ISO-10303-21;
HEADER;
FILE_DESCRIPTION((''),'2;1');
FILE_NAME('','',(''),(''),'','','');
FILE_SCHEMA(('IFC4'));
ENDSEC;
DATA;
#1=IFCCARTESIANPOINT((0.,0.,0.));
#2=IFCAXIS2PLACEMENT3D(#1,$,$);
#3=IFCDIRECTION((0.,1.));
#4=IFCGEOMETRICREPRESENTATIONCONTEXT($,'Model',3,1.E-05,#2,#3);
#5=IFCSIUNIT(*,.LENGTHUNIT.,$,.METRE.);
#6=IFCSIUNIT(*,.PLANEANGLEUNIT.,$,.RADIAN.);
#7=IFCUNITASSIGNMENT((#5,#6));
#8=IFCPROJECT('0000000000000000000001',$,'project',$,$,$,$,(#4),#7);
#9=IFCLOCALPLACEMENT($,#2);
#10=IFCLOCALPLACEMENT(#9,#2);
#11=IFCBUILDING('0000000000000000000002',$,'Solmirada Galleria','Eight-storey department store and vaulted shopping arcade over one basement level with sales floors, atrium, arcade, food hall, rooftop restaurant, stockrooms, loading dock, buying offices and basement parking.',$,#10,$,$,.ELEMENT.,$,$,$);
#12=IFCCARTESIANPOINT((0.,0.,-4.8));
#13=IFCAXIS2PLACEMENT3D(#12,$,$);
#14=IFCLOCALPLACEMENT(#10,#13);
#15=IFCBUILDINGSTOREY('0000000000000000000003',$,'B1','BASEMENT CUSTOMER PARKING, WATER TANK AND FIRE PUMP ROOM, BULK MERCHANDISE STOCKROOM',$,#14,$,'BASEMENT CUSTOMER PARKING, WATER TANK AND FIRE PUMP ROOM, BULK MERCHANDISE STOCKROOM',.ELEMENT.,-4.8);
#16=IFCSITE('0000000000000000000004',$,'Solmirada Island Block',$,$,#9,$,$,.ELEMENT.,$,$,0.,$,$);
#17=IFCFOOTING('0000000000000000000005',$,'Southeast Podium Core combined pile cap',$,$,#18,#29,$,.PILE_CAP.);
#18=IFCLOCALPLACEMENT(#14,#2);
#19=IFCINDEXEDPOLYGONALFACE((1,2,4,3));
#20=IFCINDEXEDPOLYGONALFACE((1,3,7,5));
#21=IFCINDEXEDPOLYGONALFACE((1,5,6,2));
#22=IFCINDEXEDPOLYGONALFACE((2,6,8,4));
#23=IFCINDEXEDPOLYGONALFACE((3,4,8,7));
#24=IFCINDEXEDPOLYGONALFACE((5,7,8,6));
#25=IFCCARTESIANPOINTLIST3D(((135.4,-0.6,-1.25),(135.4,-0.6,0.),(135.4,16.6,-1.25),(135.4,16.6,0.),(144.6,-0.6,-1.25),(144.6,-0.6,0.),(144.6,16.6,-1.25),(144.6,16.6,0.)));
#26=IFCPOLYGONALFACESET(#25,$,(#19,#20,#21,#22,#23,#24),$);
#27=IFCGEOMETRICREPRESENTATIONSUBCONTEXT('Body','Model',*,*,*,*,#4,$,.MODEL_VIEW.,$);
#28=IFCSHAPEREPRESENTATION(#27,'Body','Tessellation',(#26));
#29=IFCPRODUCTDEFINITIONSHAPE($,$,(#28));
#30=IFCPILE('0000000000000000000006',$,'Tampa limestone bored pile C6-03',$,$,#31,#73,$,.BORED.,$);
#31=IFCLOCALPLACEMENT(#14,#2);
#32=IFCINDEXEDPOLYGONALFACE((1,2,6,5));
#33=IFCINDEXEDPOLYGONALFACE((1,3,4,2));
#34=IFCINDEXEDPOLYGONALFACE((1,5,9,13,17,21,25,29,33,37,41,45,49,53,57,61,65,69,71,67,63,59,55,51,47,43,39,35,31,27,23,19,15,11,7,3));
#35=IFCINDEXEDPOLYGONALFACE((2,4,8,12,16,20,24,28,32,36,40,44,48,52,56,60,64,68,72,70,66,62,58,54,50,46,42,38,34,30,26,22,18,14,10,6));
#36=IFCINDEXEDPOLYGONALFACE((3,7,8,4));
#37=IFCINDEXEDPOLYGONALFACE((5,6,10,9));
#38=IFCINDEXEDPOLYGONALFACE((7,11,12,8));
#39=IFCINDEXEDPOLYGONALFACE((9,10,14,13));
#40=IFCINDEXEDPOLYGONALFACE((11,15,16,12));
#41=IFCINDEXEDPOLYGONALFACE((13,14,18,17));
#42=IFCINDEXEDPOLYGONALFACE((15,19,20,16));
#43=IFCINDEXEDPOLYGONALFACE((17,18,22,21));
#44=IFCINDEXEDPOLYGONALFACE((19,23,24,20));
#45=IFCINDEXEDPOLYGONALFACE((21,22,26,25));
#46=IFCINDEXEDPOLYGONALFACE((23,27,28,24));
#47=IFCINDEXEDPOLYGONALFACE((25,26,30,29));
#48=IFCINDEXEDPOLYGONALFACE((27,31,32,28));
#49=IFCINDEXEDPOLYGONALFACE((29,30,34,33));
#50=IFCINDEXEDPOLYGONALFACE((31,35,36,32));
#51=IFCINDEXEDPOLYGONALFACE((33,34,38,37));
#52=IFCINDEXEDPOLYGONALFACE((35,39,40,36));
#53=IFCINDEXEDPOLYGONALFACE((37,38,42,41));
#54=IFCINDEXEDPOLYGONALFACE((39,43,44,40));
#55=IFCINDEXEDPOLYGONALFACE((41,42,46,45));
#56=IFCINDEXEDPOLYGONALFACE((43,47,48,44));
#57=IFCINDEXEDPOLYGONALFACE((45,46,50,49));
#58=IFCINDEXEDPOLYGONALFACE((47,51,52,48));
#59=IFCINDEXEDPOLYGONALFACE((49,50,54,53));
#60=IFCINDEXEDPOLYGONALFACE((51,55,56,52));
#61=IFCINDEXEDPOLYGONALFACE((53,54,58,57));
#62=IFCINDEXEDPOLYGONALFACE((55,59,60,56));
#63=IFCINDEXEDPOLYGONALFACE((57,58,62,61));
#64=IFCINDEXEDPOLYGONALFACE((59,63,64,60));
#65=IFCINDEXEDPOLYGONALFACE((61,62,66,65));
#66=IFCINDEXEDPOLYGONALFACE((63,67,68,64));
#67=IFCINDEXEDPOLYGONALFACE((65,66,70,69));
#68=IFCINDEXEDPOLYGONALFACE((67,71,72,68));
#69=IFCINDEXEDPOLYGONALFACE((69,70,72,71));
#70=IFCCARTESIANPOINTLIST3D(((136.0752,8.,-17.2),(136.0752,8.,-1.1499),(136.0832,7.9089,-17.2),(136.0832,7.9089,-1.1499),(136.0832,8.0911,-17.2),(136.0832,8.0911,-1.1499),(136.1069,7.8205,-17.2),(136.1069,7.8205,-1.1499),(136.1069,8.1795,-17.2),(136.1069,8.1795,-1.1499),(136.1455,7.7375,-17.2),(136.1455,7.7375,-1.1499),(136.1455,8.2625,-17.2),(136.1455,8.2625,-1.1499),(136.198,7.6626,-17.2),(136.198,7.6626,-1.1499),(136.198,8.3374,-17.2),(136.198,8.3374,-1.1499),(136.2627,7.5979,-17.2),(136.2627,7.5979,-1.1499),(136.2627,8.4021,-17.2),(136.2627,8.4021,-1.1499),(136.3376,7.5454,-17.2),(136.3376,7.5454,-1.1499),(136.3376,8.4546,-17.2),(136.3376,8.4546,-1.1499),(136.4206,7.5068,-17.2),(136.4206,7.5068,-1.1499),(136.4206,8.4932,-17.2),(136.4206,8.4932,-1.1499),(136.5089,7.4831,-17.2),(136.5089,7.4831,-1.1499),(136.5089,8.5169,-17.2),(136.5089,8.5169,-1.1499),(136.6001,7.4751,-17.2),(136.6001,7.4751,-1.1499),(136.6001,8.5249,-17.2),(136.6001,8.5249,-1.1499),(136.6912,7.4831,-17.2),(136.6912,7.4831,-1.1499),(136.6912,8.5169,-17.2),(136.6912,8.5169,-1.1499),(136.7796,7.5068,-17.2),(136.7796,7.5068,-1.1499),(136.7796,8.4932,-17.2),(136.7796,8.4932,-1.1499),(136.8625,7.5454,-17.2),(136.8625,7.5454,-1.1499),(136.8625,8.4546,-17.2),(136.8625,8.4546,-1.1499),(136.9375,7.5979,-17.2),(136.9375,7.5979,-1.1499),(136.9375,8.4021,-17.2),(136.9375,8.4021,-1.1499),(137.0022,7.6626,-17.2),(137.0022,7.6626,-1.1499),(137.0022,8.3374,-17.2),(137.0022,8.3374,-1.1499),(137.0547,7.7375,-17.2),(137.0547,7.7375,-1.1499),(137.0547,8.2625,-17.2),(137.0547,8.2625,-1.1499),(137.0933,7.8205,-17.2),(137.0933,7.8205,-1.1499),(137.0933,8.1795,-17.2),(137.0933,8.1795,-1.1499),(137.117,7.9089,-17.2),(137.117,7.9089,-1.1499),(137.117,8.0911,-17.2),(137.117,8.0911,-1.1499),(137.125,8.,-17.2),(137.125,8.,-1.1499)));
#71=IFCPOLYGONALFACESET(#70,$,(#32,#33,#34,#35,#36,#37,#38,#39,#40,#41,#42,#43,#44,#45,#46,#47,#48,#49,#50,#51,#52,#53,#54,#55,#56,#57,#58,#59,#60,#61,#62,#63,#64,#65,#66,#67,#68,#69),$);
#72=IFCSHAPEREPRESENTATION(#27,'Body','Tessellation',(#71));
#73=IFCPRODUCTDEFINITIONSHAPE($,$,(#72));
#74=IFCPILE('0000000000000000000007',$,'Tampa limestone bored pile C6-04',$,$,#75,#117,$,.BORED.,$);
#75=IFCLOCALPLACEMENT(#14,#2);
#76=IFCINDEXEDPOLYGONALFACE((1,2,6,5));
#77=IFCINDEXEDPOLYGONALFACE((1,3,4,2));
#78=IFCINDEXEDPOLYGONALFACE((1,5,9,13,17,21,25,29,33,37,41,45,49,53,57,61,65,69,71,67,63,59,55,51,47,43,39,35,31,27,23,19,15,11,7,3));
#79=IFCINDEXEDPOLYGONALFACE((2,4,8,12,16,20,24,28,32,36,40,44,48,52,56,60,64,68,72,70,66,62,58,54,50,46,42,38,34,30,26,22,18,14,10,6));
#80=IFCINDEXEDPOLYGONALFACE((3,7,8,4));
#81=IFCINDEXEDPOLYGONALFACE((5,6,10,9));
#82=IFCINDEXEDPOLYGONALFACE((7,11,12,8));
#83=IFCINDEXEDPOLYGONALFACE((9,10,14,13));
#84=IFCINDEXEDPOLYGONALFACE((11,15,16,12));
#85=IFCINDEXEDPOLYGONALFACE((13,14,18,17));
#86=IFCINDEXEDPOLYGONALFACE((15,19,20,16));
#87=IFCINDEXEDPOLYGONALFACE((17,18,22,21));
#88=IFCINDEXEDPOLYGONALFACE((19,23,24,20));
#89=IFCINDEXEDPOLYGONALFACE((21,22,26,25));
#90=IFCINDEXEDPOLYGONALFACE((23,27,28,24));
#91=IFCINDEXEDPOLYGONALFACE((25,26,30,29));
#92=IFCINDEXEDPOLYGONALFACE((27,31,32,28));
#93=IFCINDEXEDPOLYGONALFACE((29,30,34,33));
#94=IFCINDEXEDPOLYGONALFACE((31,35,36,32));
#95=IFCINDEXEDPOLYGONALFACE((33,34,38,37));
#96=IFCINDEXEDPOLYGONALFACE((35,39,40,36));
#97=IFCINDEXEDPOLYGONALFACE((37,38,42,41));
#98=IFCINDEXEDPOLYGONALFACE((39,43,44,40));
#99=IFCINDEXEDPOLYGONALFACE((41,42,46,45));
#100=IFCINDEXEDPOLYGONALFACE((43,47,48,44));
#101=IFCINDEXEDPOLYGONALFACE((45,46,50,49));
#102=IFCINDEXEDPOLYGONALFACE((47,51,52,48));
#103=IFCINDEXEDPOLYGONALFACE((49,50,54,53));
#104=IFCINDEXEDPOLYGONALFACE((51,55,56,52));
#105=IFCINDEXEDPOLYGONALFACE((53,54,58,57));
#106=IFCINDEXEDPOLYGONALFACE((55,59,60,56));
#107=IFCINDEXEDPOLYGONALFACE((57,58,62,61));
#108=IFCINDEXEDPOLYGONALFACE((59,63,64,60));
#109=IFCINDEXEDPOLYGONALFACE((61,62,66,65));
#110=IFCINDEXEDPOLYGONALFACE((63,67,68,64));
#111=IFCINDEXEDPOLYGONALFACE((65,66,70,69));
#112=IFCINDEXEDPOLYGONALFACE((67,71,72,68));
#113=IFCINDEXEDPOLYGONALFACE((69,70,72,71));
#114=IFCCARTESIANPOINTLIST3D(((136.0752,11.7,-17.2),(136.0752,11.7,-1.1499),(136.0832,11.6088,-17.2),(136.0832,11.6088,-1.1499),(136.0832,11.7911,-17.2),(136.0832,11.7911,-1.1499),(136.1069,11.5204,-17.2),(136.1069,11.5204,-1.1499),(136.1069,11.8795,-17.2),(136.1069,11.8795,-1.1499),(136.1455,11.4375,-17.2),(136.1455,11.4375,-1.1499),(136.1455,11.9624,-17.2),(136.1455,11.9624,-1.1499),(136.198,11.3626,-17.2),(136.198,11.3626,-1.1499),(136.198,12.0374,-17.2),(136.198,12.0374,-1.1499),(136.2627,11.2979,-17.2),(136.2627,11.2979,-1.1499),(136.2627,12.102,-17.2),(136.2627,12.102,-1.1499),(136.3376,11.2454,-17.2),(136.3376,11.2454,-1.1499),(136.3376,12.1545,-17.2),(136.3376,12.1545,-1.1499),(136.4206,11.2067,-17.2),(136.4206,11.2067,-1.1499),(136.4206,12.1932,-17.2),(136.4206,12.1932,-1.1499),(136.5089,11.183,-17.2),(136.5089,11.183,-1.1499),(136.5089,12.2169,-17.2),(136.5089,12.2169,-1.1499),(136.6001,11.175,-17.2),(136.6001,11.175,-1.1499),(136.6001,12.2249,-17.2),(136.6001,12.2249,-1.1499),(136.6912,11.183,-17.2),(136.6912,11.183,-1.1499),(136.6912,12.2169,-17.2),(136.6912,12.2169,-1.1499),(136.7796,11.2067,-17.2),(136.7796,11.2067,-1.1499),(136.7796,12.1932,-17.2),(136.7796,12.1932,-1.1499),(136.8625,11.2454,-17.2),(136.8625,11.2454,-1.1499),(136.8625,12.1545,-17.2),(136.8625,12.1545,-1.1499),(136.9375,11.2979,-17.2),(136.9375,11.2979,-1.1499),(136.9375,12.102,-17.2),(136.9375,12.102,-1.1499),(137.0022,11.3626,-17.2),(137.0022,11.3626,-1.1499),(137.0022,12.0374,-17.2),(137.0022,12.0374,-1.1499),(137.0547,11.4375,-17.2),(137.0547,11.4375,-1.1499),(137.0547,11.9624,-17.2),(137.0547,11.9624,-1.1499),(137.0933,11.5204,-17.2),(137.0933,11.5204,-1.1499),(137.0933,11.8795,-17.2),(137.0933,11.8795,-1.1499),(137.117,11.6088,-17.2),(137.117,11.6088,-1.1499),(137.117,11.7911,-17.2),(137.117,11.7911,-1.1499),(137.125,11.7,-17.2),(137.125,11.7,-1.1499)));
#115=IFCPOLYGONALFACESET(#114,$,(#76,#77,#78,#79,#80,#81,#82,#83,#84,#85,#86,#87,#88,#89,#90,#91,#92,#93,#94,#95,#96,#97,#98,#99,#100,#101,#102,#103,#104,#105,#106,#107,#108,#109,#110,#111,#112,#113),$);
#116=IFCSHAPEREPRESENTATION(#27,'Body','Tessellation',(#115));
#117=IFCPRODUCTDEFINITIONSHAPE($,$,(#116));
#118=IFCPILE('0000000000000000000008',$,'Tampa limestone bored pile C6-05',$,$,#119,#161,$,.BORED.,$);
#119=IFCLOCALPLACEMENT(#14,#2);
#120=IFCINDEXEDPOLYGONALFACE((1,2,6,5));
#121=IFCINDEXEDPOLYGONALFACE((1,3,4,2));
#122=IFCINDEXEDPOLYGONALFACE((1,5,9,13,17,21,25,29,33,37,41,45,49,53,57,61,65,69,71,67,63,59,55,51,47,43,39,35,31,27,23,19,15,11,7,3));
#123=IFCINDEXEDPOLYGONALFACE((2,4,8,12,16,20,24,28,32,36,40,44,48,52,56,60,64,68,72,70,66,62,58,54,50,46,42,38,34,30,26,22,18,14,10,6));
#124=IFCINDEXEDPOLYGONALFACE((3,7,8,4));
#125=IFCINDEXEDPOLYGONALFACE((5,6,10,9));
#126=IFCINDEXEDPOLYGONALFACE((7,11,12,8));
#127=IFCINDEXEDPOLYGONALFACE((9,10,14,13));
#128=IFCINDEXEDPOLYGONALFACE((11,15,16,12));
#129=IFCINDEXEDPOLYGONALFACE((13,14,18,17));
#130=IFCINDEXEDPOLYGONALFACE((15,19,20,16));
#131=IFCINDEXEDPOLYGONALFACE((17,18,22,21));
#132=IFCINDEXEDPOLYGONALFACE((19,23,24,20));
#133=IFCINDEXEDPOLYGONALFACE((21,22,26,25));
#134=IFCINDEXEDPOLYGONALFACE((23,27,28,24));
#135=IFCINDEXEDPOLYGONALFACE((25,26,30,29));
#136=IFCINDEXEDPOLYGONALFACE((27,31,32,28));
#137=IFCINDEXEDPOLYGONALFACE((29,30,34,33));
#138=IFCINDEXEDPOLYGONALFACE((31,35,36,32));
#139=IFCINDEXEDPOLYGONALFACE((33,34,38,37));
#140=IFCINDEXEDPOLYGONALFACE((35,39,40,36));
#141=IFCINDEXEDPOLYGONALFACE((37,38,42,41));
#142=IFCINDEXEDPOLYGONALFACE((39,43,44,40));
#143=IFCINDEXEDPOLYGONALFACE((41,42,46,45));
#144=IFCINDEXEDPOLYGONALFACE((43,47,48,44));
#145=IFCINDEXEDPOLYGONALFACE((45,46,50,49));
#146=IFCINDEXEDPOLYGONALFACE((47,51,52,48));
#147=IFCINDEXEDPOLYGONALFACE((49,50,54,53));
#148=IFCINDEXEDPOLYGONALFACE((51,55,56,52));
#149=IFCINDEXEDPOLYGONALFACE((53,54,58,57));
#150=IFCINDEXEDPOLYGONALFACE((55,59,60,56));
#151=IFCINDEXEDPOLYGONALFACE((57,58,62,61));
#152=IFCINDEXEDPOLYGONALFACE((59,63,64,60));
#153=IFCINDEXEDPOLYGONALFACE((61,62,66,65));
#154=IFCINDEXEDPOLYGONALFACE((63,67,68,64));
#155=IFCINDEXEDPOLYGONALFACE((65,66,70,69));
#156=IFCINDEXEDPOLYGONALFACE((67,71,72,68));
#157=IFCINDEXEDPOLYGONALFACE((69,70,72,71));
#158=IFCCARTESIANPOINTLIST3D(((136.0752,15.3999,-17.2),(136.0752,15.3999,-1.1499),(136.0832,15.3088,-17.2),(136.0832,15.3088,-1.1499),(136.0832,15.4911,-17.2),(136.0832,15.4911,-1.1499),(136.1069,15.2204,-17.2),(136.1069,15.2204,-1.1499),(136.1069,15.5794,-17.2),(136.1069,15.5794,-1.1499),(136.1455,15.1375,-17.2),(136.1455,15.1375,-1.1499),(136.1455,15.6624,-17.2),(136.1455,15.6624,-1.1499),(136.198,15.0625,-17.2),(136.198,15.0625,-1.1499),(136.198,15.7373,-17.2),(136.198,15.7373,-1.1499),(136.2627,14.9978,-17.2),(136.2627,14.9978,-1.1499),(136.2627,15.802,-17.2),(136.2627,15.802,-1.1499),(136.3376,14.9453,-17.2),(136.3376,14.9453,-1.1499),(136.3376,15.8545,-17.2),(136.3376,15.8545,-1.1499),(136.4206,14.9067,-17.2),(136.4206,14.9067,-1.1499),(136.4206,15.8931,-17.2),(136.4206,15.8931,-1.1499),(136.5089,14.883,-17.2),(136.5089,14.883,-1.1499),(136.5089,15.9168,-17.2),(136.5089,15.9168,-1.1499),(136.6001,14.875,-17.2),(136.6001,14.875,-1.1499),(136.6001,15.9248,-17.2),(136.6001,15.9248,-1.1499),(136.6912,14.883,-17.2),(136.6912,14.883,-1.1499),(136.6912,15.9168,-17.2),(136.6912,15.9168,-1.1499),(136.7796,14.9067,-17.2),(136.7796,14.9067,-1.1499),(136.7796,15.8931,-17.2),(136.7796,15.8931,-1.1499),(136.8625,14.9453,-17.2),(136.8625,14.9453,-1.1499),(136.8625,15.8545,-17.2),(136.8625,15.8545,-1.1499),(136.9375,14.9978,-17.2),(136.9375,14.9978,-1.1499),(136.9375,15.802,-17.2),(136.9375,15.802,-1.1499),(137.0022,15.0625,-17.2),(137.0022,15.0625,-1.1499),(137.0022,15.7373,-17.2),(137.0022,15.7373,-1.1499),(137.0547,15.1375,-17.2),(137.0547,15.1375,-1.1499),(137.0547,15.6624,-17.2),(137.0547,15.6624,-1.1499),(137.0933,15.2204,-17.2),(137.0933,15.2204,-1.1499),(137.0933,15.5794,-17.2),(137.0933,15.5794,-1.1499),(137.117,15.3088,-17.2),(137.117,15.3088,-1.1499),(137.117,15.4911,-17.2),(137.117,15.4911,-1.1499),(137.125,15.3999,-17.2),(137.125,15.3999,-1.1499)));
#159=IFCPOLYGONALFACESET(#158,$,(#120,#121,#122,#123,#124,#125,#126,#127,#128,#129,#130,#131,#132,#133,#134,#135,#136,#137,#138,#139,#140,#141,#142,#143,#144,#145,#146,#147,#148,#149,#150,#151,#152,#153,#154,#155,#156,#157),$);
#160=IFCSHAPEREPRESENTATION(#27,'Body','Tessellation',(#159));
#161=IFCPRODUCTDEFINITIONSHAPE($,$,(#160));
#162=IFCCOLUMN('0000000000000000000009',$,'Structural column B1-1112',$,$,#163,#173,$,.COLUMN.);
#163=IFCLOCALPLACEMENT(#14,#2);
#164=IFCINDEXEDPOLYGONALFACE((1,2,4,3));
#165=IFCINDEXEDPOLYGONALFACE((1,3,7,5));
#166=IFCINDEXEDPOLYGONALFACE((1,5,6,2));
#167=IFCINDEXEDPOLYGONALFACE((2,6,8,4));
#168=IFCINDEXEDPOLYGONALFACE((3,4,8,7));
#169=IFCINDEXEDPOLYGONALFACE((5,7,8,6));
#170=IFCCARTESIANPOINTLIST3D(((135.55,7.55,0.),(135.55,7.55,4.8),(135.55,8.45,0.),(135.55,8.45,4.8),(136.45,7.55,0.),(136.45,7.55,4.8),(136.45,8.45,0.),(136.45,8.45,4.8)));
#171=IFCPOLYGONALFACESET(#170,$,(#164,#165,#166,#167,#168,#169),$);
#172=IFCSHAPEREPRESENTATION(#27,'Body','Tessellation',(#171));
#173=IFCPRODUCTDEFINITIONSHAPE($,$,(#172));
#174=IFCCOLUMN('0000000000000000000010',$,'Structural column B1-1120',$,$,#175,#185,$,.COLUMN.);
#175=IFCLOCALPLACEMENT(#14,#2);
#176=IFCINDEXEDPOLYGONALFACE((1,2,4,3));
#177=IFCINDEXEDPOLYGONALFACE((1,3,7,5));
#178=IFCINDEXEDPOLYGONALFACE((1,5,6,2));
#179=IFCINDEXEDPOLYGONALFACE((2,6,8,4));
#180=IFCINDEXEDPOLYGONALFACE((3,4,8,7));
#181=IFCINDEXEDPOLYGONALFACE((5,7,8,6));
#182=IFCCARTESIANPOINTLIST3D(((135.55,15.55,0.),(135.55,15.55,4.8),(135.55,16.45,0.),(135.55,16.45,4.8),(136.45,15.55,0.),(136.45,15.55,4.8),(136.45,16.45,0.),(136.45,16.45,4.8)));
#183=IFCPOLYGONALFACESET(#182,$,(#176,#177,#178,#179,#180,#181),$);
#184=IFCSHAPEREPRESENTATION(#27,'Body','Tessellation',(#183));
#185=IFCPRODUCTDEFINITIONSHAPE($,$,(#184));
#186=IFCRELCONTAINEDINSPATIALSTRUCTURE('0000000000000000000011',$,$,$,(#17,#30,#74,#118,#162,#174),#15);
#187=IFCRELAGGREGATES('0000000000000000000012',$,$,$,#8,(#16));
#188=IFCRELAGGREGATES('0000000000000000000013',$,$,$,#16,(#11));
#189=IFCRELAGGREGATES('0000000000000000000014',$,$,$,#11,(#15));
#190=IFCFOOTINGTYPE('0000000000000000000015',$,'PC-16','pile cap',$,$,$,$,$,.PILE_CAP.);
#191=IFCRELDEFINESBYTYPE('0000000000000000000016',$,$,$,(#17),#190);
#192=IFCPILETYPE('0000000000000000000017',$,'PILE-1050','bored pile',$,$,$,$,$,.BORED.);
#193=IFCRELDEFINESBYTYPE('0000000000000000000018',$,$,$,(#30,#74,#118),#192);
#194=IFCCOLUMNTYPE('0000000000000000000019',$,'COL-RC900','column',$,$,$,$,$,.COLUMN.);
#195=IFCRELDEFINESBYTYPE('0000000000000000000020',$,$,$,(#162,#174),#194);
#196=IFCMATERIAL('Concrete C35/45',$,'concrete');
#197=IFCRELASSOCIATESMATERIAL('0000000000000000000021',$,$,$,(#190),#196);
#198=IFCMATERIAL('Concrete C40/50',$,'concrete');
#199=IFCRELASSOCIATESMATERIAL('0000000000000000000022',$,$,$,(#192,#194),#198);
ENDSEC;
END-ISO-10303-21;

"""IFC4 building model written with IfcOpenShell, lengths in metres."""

from ifc_helpers import new_model, si_unit, direction, frame, origin, origin_2d, place, context, subcontext, project, spatial, rectangle, circle, extrude, material, material_profile, profile_set, type_object, element, save


model = new_model("IFC4")

# Units and contexts
model_context = context("Model", 3, precision=1e-05, world=origin(), true_north=direction((0.0, 1.0)))
body_context = subcontext(model_context, "Body", "Model", "MODEL_VIEW")
ifc_project = project(units=[si_unit("LENGTHUNIT", "METRE"), si_unit("PLANEANGLEUNIT", "RADIAN")], contexts=[model_context])

# Site, building, storey
site_placement = place(None, origin())
site = spatial("IfcSite", under=ifc_project, at=site_placement, Name="Solmirada Island Block", CompositionType="ELEMENT", RefElevation=0.0)
building_placement = place(site_placement, origin())
building = spatial("IfcBuilding", under=site, at=building_placement, Name="Solmirada Galleria", Description="Eight-storey department store and vaulted shopping arcade over one basement level with sales floors, atrium, arcade, food hall, rooftop restaurant, stockrooms, loading dock, buying offices and basement parking.", CompositionType="ELEMENT")
storey_placement = place(building_placement, frame((0.0, 0.0, -4.8)))
storey = spatial("IfcBuildingStorey", under=building, at=storey_placement, Name="B1", Description="BASEMENT CUSTOMER PARKING, WATER TANK AND FIRE PUMP ROOM, BULK MERCHANDISE STOCKROOM", LongName="BASEMENT CUSTOMER PARKING, WATER TANK AND FIRE PUMP ROOM, BULK MERCHANDISE STOCKROOM", CompositionType="ELEMENT", Elevation=-4.8)

# Footing
ifc_material_1 = material(Name="Concrete C35/45", Category="concrete")
footing_type = type_object("IfcFootingType", Name="PC-16", Description="pile cap", PredefinedType="PILE_CAP", material=ifc_material_1)
footing_placement = place(storey_placement, frame((140.0, 8.0, -1.25), z_axis=(0.0, 0.0, 1.0), x_axis=(1.0, 0.0, 0.0)))
element("IfcFooting", 1, at=footing_placement, inside=storey, type_object=footing_type, Name="Southeast Podium Core combined pile cap", PredefinedType="PILE_CAP", context=body_context, shape_type="SweptSolid", body=[
    extrude(rectangle(XDim=9.2, YDim=17.2, at=origin_2d()), origin(), (0.0, 0.0, 1.0), 1.25),
])

# Piles
ifc_material_2 = material(Name="Concrete C40/50", Category="concrete")
ifc_material_profile_1 = material_profile(ifc_material_2, circle(Radius=0.5249, at=origin_2d()), Name="PILE1050")
ifc_profile_set_1 = profile_set([ifc_material_profile_1], Name="Concrete C40/50")
pile_type = type_object("IfcPileType", Name="PILE-1050", Description="bored pile", PredefinedType="BORED", material=ifc_profile_set_1)
for number, where, z_axis, x_axis, name in (
    (2, (136.6001, 8.0, -1.1499), (0.0, 0.0, -1.0), (1.0, 0.0, 0.0), "Tampa limestone bored pile C6-03"),
    (3, (136.6001, 11.7, -1.1499), (0.0, 0.0, -1.0), (1.0, 0.0, 0.0), "Tampa limestone bored pile C6-04"),
    (4, (136.6001, 15.3999, -1.1499), (0.0, 0.0, -1.0), (1.0, 0.0, 0.0), "Tampa limestone bored pile C6-05"),
):
    element("IfcPile", number, at=place(storey_placement, frame(where, z_axis=z_axis, x_axis=x_axis)), inside=storey, type_object=pile_type, Name=name, PredefinedType="BORED", context=body_context, shape_type="SweptSolid", body=[
        extrude(circle(Radius=0.5249, at=origin_2d()), origin(), (0.0, 0.0, 1.0), 16.05),
    ])

# Columns
ifc_material_profile_2 = material_profile(ifc_material_2, rectangle(XDim=0.8999, YDim=0.8999, at=origin_2d()), Name="RC900X900")
ifc_profile_set_2 = profile_set([ifc_material_profile_2], Name="Concrete C40/50")
column_type = type_object("IfcColumnType", Name="COL-RC900", Description="column", PredefinedType="COLUMN", material=ifc_profile_set_2)
for number, where, z_axis, x_axis, name in (
    (5, (136.0, 8.0, 0.0), (0.0, 0.0, 1.0), (1.0, 0.0, 0.0), "Structural column B1-1112"),
    (6, (136.0, 16.0, 0.0), (0.0, 0.0, 1.0), (1.0, 0.0, 0.0), "Structural column B1-1120"),
):
    element("IfcColumn", number, at=place(storey_placement, frame(where, z_axis=z_axis, x_axis=x_axis)), inside=storey, type_object=column_type, Name=name, PredefinedType="COLUMN", context=body_context, shape_type="SweptSolid", body=[
        extrude(rectangle(XDim=0.8999, YDim=0.8999, at=origin_2d()), origin(), (0.0, 0.0, 1.0), 4.8),
    ])

save(model, "model.ifc")
